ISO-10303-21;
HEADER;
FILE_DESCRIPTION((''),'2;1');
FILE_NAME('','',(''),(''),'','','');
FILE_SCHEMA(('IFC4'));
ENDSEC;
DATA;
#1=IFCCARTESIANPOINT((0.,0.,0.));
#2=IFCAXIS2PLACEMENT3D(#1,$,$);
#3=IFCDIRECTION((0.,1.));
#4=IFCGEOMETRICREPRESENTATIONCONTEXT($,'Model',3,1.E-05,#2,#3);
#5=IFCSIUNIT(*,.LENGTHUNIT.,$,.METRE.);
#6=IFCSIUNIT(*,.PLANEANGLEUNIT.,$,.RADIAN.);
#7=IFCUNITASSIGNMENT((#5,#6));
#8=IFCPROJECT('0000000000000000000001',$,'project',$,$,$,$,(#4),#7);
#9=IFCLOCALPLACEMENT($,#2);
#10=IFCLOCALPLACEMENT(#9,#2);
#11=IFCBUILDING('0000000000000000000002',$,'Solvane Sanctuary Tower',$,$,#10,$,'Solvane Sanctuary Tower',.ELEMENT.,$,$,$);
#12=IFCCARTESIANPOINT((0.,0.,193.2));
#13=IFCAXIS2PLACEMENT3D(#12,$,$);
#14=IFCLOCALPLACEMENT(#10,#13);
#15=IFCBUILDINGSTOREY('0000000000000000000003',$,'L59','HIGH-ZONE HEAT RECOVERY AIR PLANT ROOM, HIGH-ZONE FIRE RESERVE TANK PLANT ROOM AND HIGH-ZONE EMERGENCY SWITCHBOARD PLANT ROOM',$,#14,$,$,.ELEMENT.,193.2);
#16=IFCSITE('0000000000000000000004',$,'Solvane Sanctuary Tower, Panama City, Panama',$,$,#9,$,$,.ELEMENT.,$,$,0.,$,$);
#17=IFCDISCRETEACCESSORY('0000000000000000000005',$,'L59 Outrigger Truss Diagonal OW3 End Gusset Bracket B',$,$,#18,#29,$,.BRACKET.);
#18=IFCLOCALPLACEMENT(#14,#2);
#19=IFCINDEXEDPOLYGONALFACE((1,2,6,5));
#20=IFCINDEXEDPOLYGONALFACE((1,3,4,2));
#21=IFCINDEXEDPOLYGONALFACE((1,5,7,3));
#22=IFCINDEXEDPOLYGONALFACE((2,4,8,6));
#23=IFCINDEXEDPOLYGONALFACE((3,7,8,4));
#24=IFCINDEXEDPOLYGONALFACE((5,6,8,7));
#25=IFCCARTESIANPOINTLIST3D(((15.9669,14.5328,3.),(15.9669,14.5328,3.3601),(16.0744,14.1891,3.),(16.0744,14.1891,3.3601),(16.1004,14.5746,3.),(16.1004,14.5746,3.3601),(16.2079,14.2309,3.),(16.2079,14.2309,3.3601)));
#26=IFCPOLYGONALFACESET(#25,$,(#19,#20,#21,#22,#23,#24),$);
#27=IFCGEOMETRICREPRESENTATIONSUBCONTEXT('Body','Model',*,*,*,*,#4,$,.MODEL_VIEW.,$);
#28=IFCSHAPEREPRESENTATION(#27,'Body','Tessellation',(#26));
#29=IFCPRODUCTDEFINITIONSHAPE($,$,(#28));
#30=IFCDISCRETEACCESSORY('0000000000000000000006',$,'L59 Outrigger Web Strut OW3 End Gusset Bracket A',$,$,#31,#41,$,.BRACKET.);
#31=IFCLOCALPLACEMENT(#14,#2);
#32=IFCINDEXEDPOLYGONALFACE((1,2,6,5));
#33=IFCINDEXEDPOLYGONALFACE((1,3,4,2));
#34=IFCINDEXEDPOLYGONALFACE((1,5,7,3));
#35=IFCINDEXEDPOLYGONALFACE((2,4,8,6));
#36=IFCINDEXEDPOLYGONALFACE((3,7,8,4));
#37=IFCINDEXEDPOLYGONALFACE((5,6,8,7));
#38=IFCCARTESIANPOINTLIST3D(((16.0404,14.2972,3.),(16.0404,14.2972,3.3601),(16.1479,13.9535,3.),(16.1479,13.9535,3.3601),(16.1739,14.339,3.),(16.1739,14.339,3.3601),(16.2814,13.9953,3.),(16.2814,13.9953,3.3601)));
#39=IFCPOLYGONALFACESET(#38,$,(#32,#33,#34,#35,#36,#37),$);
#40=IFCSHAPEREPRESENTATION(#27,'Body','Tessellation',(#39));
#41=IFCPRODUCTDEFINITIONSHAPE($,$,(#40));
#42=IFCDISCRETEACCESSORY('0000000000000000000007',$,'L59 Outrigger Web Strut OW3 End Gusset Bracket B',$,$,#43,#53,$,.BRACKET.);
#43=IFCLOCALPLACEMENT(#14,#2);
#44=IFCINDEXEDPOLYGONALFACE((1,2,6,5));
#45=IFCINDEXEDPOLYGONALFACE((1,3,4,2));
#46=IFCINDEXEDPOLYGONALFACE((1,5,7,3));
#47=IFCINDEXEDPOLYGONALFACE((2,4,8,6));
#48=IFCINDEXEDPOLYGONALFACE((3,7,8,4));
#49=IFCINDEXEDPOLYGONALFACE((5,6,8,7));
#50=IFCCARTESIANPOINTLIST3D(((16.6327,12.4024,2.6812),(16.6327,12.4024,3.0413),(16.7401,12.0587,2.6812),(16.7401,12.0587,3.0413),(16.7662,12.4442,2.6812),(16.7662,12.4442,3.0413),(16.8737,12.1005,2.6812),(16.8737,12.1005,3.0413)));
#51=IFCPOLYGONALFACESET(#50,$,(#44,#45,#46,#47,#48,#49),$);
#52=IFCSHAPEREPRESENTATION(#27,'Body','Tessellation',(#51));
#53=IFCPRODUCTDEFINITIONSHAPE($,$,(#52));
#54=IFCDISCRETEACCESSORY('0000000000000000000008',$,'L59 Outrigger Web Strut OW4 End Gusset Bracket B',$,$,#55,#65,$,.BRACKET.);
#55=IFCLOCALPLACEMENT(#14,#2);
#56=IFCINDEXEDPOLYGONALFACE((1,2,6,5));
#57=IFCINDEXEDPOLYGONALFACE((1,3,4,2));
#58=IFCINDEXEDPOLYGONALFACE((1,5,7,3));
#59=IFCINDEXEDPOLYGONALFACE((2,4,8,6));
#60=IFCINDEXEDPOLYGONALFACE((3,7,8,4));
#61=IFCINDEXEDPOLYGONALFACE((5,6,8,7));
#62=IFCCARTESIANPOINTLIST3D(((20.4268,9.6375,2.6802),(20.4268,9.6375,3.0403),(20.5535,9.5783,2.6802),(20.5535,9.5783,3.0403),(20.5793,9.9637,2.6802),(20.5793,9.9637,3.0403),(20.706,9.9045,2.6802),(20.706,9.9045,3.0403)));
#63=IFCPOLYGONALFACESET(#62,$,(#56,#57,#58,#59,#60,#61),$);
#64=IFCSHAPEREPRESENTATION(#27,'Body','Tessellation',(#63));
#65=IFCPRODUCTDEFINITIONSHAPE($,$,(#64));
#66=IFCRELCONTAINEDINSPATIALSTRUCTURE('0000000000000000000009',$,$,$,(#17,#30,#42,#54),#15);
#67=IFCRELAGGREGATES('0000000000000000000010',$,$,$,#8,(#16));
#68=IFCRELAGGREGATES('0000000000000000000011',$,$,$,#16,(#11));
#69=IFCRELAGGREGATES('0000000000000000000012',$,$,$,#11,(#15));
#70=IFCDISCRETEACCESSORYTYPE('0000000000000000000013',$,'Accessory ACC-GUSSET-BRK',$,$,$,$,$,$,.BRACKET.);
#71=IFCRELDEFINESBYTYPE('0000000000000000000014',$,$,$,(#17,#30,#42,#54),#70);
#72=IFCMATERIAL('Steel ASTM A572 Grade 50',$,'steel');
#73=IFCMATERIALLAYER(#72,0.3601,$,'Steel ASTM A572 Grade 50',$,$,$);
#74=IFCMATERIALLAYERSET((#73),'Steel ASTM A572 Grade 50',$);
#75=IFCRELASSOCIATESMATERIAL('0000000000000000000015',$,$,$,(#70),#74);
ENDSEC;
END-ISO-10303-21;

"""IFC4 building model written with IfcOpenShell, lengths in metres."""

from ifc_helpers import new_model, si_unit, direction, frame, origin, origin_2d, place, context, subcontext, project, spatial, rectangle, extrude, material, layer, layer_set, type_object, element, save


model = new_model("IFC4")

# Units and contexts
model_context = context("Model", 3, precision=1e-05, world=origin(), true_north=direction((0.0, 1.0)))
body_context = subcontext(model_context, "Body", "Model", "MODEL_VIEW")
ifc_project = project(units=[si_unit("LENGTHUNIT", "METRE"), si_unit("PLANEANGLEUNIT", "RADIAN")], contexts=[model_context])

# Site, building, storey
site_placement = place(None, origin())
site = spatial("IfcSite", under=ifc_project, at=site_placement, Name="Solvane Sanctuary Tower, Panama City, Panama", CompositionType="ELEMENT", RefElevation=0.0)
building_placement = place(site_placement, origin())
building = spatial("IfcBuilding", under=site, at=building_placement, Name="Solvane Sanctuary Tower", LongName="Solvane Sanctuary Tower", CompositionType="ELEMENT")
storey_placement = place(building_placement, frame((0.0, 0.0, 193.2)))
storey = spatial("IfcBuildingStorey", under=building, at=storey_placement, Name="L59", Description="HIGH-ZONE HEAT RECOVERY AIR PLANT ROOM, HIGH-ZONE FIRE RESERVE TANK PLANT ROOM AND HIGH-ZONE EMERGENCY SWITCHBOARD PLANT ROOM", CompositionType="ELEMENT", Elevation=193.2)

# Shared definitions
ifc_material_1 = material(Name="Steel ASTM A572 Grade 50", Category="steel")

# Discrete accessories
ifc_layer_1 = layer(ifc_material_1, 0.3601, Name="Steel ASTM A572 Grade 50")
ifc_layer_set_1 = layer_set([ifc_layer_1], Name="Steel ASTM A572 Grade 50")
discrete_accessory_type = type_object("IfcDiscreteAccessoryType", Name="Accessory ACC-GUSSET-BRK", PredefinedType="BRACKET", material=ifc_layer_set_1)
for number, where, z_axis, x_axis, name in (
    (1, (16.0874, 14.3818, 3.0), (0.0, 0.0, 1.0), (0.298375, -0.954449, 0.0), "L59 Outrigger Truss Diagonal OW3 End Gusset Bracket B"),
    (2, (16.1609, 14.1462, 3.0), (0.0, 0.0, 1.0), (0.298375, -0.954449, 0.0), "L59 Outrigger Web Strut OW3 End Gusset Bracket A"),
    (3, (16.7532, 12.2515, 2.6812), (0.0, 0.0, 1.0), (0.298375, -0.954449, 0.0), "L59 Outrigger Web Strut OW3 End Gusset Bracket B"),
    (4, (20.5664, 9.771, 2.6802), (0.0, 0.0, 1.0), (-0.423567, -0.905865, 0.0), "L59 Outrigger Web Strut OW4 End Gusset Bracket B"),
):
    element("IfcDiscreteAccessory", number, at=place(storey_placement, frame(where, z_axis=z_axis, x_axis=x_axis)), inside=storey, type_object=discrete_accessory_type, Name=name, PredefinedType="BRACKET", context=body_context, shape_type="SweptSolid", body=[
        extrude(rectangle(XDim=0.3601, YDim=0.1399, at=origin_2d()), origin(), (0.0, 0.0, 1.0), 0.3601),
    ])

save(model, "model.ifc")
